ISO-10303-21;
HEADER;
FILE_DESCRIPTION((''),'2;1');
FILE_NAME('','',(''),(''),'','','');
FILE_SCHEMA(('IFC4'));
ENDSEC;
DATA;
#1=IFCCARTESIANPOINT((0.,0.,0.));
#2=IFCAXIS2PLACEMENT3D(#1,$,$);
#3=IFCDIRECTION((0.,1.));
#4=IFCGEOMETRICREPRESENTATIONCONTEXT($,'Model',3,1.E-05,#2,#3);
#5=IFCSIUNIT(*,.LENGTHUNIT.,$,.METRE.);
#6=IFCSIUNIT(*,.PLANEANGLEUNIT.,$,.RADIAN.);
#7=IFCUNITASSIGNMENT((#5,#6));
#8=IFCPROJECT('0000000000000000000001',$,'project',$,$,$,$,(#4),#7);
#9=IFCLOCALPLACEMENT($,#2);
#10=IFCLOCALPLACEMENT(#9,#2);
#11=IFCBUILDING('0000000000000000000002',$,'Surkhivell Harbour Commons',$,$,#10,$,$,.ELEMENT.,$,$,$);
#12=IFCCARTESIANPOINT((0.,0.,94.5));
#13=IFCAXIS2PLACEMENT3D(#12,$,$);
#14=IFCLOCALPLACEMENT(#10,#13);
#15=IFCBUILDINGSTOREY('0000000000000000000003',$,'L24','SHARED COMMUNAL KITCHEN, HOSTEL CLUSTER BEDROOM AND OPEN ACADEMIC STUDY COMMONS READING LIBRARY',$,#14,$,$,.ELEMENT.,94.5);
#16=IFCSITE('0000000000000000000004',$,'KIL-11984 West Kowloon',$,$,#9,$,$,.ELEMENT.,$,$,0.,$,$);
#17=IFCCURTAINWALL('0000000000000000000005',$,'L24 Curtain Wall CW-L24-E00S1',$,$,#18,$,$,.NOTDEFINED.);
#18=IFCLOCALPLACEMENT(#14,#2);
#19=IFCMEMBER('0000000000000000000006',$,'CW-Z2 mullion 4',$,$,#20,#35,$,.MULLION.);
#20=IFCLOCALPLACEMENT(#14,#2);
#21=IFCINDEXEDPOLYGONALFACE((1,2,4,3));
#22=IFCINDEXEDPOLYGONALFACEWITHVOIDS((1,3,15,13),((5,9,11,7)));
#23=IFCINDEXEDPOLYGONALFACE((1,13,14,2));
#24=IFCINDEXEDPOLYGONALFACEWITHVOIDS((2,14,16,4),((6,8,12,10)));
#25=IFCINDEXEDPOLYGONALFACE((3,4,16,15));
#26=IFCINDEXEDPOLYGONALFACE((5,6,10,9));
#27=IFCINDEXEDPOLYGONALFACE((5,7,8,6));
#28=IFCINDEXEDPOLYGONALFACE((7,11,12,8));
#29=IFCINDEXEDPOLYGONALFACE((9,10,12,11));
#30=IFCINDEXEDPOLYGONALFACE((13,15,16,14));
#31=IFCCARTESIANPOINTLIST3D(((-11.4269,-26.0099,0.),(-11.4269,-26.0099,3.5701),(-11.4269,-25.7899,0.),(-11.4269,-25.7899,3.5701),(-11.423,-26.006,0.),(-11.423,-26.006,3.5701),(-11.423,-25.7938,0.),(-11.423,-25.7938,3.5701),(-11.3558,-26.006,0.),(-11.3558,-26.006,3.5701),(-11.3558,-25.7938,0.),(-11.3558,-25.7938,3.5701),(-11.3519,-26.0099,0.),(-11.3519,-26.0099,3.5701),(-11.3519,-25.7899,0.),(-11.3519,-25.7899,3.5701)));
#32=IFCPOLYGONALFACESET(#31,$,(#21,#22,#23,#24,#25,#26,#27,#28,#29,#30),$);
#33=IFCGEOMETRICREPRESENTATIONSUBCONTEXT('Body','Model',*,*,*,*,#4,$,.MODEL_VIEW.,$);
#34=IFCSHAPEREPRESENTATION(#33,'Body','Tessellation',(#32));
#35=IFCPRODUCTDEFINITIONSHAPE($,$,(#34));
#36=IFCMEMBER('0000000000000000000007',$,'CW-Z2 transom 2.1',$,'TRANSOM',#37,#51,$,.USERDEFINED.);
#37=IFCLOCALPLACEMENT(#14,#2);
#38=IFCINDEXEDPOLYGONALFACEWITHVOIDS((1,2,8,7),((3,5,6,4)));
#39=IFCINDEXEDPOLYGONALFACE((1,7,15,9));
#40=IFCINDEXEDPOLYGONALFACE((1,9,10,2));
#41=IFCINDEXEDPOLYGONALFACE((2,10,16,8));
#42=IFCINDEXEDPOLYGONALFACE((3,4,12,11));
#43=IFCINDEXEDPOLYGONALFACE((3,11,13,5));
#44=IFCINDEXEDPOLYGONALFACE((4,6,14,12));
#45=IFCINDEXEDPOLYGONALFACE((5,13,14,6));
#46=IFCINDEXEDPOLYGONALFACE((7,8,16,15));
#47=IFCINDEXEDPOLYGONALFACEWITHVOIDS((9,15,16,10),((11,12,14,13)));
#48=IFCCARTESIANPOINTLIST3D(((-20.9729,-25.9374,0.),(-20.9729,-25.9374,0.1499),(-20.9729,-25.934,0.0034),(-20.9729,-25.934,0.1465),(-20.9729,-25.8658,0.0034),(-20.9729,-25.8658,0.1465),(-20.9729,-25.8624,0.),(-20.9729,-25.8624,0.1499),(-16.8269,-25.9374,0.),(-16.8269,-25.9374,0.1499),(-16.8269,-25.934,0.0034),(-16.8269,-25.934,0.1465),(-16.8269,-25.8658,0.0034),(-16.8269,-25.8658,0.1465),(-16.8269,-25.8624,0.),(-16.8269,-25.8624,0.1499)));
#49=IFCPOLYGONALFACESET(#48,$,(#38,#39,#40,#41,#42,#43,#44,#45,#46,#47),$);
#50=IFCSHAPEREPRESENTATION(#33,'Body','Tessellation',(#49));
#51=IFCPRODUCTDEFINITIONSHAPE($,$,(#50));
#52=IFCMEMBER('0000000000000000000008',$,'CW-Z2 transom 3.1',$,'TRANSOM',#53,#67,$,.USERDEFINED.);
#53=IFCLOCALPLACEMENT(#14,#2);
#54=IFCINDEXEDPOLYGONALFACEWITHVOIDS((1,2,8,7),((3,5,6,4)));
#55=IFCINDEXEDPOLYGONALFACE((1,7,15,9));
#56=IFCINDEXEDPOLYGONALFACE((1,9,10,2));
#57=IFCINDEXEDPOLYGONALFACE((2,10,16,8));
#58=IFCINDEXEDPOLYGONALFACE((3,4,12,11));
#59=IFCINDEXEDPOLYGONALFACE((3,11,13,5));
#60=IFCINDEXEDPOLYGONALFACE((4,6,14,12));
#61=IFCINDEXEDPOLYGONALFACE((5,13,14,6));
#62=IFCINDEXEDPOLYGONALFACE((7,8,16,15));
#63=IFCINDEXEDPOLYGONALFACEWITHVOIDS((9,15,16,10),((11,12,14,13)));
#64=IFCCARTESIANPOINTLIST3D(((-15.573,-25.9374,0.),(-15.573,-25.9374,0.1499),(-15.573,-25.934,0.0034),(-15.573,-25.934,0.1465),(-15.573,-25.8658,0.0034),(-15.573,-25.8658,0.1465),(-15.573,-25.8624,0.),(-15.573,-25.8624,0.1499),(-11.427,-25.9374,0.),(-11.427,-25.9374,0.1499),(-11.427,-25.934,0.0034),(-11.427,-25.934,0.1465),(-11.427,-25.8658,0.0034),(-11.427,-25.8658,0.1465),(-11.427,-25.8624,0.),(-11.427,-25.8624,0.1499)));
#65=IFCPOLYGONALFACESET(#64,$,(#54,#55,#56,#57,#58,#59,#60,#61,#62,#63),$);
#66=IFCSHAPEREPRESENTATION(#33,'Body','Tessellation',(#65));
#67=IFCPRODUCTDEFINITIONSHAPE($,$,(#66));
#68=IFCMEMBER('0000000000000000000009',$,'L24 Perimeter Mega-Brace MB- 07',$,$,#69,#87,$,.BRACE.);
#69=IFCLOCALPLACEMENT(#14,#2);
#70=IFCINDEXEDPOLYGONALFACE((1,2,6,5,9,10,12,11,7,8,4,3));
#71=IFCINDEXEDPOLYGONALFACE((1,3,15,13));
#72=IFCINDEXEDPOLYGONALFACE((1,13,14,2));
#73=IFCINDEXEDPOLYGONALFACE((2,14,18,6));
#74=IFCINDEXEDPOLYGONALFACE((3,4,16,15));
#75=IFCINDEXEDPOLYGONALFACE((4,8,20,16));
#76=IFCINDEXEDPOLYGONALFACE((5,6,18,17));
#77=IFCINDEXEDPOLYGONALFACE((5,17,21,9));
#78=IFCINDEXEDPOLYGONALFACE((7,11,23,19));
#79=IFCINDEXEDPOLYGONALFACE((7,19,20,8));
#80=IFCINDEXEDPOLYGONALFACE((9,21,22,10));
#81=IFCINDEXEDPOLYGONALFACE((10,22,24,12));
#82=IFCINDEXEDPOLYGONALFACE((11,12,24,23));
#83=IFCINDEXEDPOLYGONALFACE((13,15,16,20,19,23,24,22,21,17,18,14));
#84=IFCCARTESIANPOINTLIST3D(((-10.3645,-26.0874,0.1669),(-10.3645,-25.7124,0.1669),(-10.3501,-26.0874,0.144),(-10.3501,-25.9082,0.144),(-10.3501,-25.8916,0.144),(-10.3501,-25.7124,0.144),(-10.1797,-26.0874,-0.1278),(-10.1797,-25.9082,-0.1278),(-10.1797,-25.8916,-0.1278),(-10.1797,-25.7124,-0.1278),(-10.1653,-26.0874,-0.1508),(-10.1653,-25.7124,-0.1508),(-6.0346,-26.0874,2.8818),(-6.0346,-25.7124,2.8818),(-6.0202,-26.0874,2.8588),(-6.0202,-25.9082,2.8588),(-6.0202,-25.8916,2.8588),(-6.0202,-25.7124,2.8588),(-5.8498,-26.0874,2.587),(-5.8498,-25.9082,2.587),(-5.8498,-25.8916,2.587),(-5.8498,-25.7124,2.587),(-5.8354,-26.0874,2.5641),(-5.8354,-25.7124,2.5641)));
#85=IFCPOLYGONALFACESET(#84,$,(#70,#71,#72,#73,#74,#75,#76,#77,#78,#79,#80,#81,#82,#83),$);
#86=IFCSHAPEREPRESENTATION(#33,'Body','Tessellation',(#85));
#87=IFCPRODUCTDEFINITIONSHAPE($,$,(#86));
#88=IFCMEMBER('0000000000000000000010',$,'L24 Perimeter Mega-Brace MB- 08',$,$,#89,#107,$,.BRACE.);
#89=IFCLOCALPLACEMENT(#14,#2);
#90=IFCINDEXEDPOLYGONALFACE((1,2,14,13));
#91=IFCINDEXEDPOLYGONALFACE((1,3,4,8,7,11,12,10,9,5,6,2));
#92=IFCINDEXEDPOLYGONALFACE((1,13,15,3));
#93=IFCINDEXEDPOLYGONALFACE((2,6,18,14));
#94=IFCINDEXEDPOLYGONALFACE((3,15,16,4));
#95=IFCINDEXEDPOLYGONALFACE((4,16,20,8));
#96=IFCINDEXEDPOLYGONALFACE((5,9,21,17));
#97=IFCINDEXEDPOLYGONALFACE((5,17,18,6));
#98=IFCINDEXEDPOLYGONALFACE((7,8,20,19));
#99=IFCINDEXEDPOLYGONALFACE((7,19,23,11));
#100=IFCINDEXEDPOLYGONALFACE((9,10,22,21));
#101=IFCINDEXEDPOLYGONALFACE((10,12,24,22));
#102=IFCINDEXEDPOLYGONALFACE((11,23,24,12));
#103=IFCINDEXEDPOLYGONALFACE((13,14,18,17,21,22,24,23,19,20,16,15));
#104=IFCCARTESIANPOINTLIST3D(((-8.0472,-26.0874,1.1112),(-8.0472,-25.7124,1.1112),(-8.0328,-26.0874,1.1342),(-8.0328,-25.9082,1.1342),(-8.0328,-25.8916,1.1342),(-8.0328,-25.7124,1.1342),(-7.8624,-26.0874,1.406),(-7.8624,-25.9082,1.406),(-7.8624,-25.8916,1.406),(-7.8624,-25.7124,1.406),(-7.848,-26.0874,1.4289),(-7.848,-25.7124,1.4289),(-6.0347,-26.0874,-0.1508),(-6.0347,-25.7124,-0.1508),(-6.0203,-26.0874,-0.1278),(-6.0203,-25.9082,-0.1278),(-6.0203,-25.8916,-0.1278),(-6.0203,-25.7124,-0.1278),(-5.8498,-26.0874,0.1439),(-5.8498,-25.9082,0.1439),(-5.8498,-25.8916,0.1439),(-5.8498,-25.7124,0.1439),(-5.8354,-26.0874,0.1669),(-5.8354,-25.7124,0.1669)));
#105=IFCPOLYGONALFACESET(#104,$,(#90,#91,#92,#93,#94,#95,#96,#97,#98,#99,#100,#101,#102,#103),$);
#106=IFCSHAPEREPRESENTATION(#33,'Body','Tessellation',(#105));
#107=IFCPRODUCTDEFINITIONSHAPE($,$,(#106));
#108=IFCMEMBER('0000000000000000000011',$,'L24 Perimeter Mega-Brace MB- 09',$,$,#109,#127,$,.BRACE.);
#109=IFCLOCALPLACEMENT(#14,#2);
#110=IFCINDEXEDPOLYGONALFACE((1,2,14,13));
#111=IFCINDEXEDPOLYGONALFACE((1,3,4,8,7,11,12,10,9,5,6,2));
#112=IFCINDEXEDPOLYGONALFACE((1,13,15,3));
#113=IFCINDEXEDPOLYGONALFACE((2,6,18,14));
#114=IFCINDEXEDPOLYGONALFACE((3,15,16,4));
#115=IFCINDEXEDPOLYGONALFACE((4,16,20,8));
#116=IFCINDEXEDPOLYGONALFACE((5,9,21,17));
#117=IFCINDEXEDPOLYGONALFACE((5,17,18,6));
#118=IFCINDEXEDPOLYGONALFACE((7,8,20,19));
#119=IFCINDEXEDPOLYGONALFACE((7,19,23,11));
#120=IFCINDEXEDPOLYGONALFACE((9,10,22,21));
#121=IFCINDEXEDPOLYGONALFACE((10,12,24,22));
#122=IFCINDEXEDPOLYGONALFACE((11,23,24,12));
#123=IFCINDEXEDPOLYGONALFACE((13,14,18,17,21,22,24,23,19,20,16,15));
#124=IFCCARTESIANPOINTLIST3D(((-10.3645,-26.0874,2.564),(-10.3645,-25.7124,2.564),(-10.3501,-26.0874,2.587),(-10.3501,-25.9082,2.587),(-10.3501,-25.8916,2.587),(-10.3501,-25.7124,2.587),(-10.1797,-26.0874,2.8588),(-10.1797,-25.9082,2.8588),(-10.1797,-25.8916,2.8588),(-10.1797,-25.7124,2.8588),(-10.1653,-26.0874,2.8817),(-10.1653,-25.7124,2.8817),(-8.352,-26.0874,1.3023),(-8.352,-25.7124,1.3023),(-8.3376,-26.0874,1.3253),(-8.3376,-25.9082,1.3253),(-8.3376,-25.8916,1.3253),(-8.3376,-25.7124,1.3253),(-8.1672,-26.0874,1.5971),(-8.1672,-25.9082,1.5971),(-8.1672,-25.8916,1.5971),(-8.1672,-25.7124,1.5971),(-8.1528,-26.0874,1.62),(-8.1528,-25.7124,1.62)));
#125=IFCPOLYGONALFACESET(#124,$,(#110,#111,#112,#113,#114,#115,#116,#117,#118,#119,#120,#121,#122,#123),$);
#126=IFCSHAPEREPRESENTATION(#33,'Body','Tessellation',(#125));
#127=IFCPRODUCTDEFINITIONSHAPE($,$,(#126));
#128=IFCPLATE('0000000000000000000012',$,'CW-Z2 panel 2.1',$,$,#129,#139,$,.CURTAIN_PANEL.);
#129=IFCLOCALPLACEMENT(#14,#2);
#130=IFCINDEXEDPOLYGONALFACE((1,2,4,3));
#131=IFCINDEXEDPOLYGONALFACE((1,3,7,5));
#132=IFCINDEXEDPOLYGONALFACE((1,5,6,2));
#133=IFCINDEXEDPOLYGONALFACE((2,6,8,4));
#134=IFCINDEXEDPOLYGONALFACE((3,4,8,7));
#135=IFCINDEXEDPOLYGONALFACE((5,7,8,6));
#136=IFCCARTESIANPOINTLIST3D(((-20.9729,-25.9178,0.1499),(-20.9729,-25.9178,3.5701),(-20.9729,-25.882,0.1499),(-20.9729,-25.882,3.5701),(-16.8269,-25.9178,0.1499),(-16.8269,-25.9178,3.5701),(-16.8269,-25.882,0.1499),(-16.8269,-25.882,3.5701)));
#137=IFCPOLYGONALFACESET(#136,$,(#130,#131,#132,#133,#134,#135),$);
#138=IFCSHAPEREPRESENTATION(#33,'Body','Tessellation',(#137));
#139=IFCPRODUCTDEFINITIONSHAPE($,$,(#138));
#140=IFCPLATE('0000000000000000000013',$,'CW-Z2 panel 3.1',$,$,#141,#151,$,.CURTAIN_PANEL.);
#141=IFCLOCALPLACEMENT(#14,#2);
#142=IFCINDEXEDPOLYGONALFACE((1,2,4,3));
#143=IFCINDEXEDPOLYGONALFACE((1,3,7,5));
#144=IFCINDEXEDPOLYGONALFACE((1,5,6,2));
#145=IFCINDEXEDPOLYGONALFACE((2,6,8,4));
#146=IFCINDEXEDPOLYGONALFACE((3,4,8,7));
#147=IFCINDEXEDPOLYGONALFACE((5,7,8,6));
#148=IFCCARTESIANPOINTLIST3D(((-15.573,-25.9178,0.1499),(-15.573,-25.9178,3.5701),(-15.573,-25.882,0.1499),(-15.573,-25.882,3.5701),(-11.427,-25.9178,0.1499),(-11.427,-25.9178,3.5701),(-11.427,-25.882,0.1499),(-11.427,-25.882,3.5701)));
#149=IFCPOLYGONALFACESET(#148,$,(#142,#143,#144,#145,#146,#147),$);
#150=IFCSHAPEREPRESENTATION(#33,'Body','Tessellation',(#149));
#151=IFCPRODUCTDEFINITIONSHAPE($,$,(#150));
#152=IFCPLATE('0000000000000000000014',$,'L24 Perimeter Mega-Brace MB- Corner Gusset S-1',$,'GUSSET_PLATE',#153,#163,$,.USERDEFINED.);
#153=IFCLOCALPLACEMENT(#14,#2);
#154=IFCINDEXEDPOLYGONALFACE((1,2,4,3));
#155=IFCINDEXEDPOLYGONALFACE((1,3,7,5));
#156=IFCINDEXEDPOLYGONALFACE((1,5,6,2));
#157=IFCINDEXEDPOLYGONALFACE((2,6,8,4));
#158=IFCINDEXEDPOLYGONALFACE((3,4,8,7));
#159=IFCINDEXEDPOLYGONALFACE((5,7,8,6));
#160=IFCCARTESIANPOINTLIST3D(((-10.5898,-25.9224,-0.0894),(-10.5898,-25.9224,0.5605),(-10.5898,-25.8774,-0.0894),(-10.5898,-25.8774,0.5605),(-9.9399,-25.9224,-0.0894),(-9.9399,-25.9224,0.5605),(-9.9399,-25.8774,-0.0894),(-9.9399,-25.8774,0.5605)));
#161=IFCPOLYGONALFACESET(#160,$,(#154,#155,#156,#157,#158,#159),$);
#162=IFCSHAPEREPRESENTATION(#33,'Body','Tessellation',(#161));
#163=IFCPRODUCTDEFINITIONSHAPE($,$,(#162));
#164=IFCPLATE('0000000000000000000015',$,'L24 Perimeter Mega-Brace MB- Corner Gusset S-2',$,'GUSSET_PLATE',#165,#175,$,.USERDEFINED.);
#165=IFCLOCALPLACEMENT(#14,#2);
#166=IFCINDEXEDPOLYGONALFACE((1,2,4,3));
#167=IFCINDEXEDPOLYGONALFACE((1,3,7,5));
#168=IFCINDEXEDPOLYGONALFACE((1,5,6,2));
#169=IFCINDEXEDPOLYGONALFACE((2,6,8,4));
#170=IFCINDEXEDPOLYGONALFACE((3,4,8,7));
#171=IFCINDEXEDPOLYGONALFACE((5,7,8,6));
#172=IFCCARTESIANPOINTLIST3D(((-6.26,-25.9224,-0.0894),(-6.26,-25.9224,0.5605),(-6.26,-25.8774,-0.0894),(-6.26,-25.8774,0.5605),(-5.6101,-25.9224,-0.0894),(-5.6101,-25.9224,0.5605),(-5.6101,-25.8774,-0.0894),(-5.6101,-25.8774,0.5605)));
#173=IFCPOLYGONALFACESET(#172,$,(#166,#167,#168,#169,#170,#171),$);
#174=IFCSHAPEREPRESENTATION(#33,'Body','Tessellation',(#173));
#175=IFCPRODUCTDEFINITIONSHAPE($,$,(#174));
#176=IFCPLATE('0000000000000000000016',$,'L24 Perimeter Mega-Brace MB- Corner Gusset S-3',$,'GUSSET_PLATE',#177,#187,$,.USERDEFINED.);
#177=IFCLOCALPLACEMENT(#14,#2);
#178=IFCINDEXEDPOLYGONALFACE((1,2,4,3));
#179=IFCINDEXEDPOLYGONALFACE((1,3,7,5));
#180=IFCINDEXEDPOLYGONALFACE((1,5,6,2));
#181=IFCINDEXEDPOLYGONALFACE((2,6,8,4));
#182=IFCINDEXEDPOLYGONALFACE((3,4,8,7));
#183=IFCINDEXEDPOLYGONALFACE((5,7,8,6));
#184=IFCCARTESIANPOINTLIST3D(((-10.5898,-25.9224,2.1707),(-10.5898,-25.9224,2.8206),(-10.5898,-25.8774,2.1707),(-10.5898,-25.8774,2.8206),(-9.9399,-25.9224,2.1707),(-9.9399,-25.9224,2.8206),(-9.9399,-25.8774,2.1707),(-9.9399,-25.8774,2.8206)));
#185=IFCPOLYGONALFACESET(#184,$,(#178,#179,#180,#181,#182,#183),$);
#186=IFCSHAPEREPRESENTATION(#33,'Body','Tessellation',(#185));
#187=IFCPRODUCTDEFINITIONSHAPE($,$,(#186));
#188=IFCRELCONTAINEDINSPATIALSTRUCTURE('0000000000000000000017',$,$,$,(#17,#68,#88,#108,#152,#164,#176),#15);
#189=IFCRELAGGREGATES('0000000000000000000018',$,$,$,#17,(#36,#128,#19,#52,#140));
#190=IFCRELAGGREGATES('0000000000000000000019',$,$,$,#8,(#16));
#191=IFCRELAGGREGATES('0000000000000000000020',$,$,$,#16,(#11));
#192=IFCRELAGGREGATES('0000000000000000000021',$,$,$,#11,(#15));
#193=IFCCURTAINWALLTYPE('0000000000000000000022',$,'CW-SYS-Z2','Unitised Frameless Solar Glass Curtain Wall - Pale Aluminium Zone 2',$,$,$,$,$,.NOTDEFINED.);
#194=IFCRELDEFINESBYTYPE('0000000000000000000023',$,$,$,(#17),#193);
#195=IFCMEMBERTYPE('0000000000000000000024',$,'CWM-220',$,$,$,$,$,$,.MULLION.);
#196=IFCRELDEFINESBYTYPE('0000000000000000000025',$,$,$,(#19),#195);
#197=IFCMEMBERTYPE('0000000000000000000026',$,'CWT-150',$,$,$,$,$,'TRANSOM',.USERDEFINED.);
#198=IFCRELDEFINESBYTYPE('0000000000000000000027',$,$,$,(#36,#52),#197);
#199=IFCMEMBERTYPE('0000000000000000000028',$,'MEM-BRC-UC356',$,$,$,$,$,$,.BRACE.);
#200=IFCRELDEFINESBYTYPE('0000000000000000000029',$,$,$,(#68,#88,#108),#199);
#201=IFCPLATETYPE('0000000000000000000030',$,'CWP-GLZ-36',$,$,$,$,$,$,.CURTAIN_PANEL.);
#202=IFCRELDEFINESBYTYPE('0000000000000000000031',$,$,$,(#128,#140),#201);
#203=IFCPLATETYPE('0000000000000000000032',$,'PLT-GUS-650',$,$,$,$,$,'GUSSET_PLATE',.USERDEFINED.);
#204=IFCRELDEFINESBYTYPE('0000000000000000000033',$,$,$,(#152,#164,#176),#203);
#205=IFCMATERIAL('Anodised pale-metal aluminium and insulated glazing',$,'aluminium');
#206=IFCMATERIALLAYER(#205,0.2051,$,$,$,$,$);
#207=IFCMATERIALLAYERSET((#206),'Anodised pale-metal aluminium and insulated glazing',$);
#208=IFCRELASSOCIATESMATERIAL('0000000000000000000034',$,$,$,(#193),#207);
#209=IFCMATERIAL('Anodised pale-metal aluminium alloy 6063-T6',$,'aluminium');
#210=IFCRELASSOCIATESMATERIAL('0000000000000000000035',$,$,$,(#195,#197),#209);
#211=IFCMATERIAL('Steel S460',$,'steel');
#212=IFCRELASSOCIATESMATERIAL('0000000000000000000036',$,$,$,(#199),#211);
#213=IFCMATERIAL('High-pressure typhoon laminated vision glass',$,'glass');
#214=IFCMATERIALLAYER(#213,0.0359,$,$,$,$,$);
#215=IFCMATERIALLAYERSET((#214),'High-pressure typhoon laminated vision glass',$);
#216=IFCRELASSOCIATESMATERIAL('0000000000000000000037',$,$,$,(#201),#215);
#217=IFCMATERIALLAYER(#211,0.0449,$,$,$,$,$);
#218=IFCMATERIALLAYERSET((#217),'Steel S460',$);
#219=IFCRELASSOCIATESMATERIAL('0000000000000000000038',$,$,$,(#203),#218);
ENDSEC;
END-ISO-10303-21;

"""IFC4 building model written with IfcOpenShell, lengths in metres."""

from ifc_helpers import new_model, si_unit, direction, frame, frame_2d, origin, origin_2d, place, context, subcontext, project, spatial, rectangle, hollow_rectangle, i_section, extrude, material, layer, layer_set, material_profile, profile_set, type_object, element, aggregate, save


model = new_model("IFC4")

# Units and contexts
model_context = context("Model", 3, precision=1e-05, world=origin(), true_north=direction((0.0, 1.0)))
body_context = subcontext(model_context, "Body", "Model", "MODEL_VIEW")
ifc_project = project(units=[si_unit("LENGTHUNIT", "METRE"), si_unit("PLANEANGLEUNIT", "RADIAN")], contexts=[model_context])

# Site, building, storey
site_placement = place(None, origin())
site = spatial("IfcSite", under=ifc_project, at=site_placement, Name="KIL-11984 West Kowloon", CompositionType="ELEMENT", RefElevation=0.0)
building_placement = place(site_placement, origin())
building = spatial("IfcBuilding", under=site, at=building_placement, Name="Surkhivell Harbour Commons", CompositionType="ELEMENT")
storey_placement = place(building_placement, frame((0.0, 0.0, 94.5)))
storey = spatial("IfcBuildingStorey", under=building, at=storey_placement, Name="L24", Description="SHARED COMMUNAL KITCHEN, HOSTEL CLUSTER BEDROOM AND OPEN ACADEMIC STUDY COMMONS READING LIBRARY", CompositionType="ELEMENT", Elevation=94.5)

# Shared definitions
ifc_material_1 = material(Name="Steel S460", Category="steel")

# Curtain wall, members
ifc_material_2 = material(Name="Anodised pale-metal aluminium and insulated glazing", Category="aluminium")
ifc_layer_1 = layer(ifc_material_2, 0.2051)
ifc_layer_set_1 = layer_set([ifc_layer_1], Name="Anodised pale-metal aluminium and insulated glazing")
curtain_wall_type = type_object("IfcCurtainWallType", Name="CW-SYS-Z2", Description="Unitised Frameless Solar Glass Curtain Wall - Pale Aluminium Zone 2", PredefinedType="NOTDEFINED", material=ifc_layer_set_1)
curtain_wall_placement = place(storey_placement, origin())
curtain_wall = element("IfcCurtainWall", 1, at=curtain_wall_placement, inside=storey, type_object=curtain_wall_type, Name="L24 Curtain Wall CW-L24-E00S1", PredefinedType="NOTDEFINED")
ifc_material_3 = material(Name="Anodised pale-metal aluminium alloy 6063-T6", Category="aluminium")
ifc_material_profile_1 = material_profile(ifc_material_3, hollow_rectangle(XDim=0.075, YDim=0.22, WallThickness=0.0039, at=origin_2d()), Name="ALU-MULL-75x220")
ifc_profile_set_1 = profile_set([ifc_material_profile_1], Name="Anodised pale-metal aluminium alloy 6063-T6")
member_type_1 = type_object("IfcMemberType", Name="CWM-220", PredefinedType="MULLION", material=ifc_profile_set_1)
member_1_placement = place(storey_placement, frame((-11.3894, -25.8999, 0.0), z_axis=(0.0, 0.0, 1.0), x_axis=(1.0, 0.0, 0.0)))
member_1 = element("IfcMember", 2, at=member_1_placement, type_object=member_type_1, Name="CW-Z2 mullion 4", PredefinedType="MULLION", context=body_context, shape_type="SweptSolid", body=[
    extrude(hollow_rectangle(XDim=0.075, YDim=0.22, WallThickness=0.0039, at=origin_2d()), origin(), (0.0, 0.0, 1.0), 3.5701),
])
ifc_material_profile_2 = material_profile(ifc_material_3, hollow_rectangle(XDim=0.075, YDim=0.1499, WallThickness=0.0034, at=origin_2d()), Name="ALU-TRAN-75x150")
ifc_profile_set_2 = profile_set([ifc_material_profile_2], Name="Anodised pale-metal aluminium alloy 6063-T6")
member_type_2 = type_object("IfcMemberType", Name="CWT-150", ElementType="TRANSOM", PredefinedType="USERDEFINED", material=ifc_profile_set_2)
member_2_placement = place(storey_placement, frame((-20.9729, -25.8999, 0.075), z_axis=(1.0, 0.0, 0.0), x_axis=(0.0, 1.0, 0.0)))
member_2 = element("IfcMember", 3, at=member_2_placement, type_object=member_type_2, Name="CW-Z2 transom 2.1", ObjectType="TRANSOM", PredefinedType="USERDEFINED", context=body_context, shape_type="SweptSolid", body=[
    extrude(hollow_rectangle(XDim=0.075, YDim=0.1499, WallThickness=0.0034, at=origin_2d()), origin(), (0.0, 0.0, 1.0), 4.146),
])
member_3_placement = place(storey_placement, frame((-15.573, -25.8999, 0.075), z_axis=(1.0, 0.0, 0.0), x_axis=(0.0, 1.0, 0.0)))
member_3 = element("IfcMember", 4, at=member_3_placement, type_object=member_type_2, Name="CW-Z2 transom 3.1", ObjectType="TRANSOM", PredefinedType="USERDEFINED", context=body_context, shape_type="SweptSolid", body=[
    extrude(hollow_rectangle(XDim=0.075, YDim=0.1499, WallThickness=0.0034, at=origin_2d()), origin(), (0.0, 0.0, 1.0), 4.146),
])

# Members
ifc_material_profile_3 = material_profile(ifc_material_1, i_section(OverallWidth=0.375, OverallDepth=0.375, WebThickness=0.0166, FlangeThickness=0.0271, at=origin_2d()), Name="UC356x368x202")
ifc_profile_set_3 = profile_set([ifc_material_profile_3], Name="Steel S460")
member_type_3 = type_object("IfcMemberType", Name="MEM-BRC-UC356", PredefinedType="BRACE", material=ifc_profile_set_3)
member_4_placement = place(storey_placement, frame((-10.2649, -25.8999, 0.0081), z_axis=(0.847233, 0.0, 0.531222), x_axis=(0.0, 1.0, 0.0)))
element("IfcMember", 5, at=member_4_placement, inside=storey, type_object=member_type_3, Name="L24 Perimeter Mega-Brace MB- 07", PredefinedType="BRACE", context=body_context, shape_type="SweptSolid", body=[
    extrude(i_section(OverallWidth=0.375, OverallDepth=0.375, WebThickness=0.0166, FlangeThickness=0.0271, at=origin_2d()), origin(), (0.0, 0.0, 1.0), 5.1106),
])
member_5_placement = place(storey_placement, frame((-5.9351, -25.8999, 0.0081), z_axis=(-0.847206, 0.0, 0.531264), x_axis=(0.0, -1.0, 0.0)))
element("IfcMember", 6, at=member_5_placement, inside=storey, type_object=member_type_3, Name="L24 Perimeter Mega-Brace MB- 08", PredefinedType="BRACE", context=body_context, shape_type="SweptSolid", body=[
    extrude(i_section(OverallWidth=0.375, OverallDepth=0.375, WebThickness=0.0166, FlangeThickness=0.0271, at=origin_2d()), origin(), (0.0, 0.0, 1.0), 2.3755),
])
member_6_placement = place(storey_placement, frame((-8.2524, -25.8999, 1.4612), z_axis=(-0.847253, 0.0, 0.53119), x_axis=(0.0, -1.0, 0.0)))
element("IfcMember", 7, at=member_6_placement, inside=storey, type_object=member_type_3, Name="L24 Perimeter Mega-Brace MB- 09", PredefinedType="BRACE", context=body_context, shape_type="SweptSolid", body=[
    extrude(i_section(OverallWidth=0.375, OverallDepth=0.375, WebThickness=0.0166, FlangeThickness=0.0271, at=origin_2d()), origin(), (0.0, 0.0, 1.0), 2.3752),
])

# Plates
ifc_material_4 = material(Name="High-pressure typhoon laminated vision glass", Category="glass")
ifc_layer_2 = layer(ifc_material_4, 0.0359)
ifc_layer_set_2 = layer_set([ifc_layer_2], Name="High-pressure typhoon laminated vision glass")
plate_type_1 = type_object("IfcPlateType", Name="CWP-GLZ-36", PredefinedType="CURTAIN_PANEL", material=ifc_layer_set_2)
plate_1_placement = place(storey_placement, frame((-20.9729, -25.8999, 0.1499), z_axis=(0.0, 0.0, 1.0), x_axis=(1.0, 0.0, 0.0)))
plate_1 = element("IfcPlate", 8, at=plate_1_placement, type_object=plate_type_1, Name="CW-Z2 panel 2.1", PredefinedType="CURTAIN_PANEL", context=body_context, shape_type="SweptSolid", body=[
    extrude(rectangle(XDim=4.146, YDim=0.0359, at=frame_2d((2.073, 0.0))), origin(), (0.0, 0.0, 1.0), 3.4202),
])
plate_2_placement = place(storey_placement, frame((-15.573, -25.8999, 0.1499), z_axis=(0.0, 0.0, 1.0), x_axis=(1.0, 0.0, 0.0)))
plate_2 = element("IfcPlate", 9, at=plate_2_placement, type_object=plate_type_1, Name="CW-Z2 panel 3.1", PredefinedType="CURTAIN_PANEL", context=body_context, shape_type="SweptSolid", body=[
    extrude(rectangle(XDim=4.146, YDim=0.0359, at=frame_2d((2.073, 0.0))), origin(), (0.0, 0.0, 1.0), 3.4202),
])
aggregate(curtain_wall, [member_2, plate_1, member_1, member_3, plate_2])

# Plates
ifc_layer_3 = layer(ifc_material_1, 0.0449)
ifc_layer_set_3 = layer_set([ifc_layer_3], Name="Steel S460")
plate_type_2 = type_object("IfcPlateType", Name="PLT-GUS-650", ElementType="GUSSET_PLATE", PredefinedType="USERDEFINED", material=ifc_layer_set_3)
for number, where, z_axis, x_axis, name in (
    (10, (-10.2649, -25.8999, -0.0894), (0.0, 0.0, 1.0), (1.0, 0.0, 0.0), "L24 Perimeter Mega-Brace MB- Corner Gusset S-1"),
    (11, (-5.9351, -25.8999, -0.0894), (0.0, 0.0, 1.0), (1.0, 0.0, 0.0), "L24 Perimeter Mega-Brace MB- Corner Gusset S-2"),
    (12, (-10.2649, -25.8999, 2.1707), (0.0, 0.0, 1.0), (1.0, 0.0, 0.0), "L24 Perimeter Mega-Brace MB- Corner Gusset S-3"),
):
    element("IfcPlate", number, at=place(storey_placement, frame(where, z_axis=z_axis, x_axis=x_axis)), inside=storey, type_object=plate_type_2, Name=name, ObjectType="GUSSET_PLATE", PredefinedType="USERDEFINED", context=body_context, shape_type="SweptSolid", body=[
        extrude(rectangle(XDim=0.6499, YDim=0.0449, at=origin_2d()), origin(), (0.0, 0.0, 1.0), 0.6499),
    ])

save(model, "model.ifc")
